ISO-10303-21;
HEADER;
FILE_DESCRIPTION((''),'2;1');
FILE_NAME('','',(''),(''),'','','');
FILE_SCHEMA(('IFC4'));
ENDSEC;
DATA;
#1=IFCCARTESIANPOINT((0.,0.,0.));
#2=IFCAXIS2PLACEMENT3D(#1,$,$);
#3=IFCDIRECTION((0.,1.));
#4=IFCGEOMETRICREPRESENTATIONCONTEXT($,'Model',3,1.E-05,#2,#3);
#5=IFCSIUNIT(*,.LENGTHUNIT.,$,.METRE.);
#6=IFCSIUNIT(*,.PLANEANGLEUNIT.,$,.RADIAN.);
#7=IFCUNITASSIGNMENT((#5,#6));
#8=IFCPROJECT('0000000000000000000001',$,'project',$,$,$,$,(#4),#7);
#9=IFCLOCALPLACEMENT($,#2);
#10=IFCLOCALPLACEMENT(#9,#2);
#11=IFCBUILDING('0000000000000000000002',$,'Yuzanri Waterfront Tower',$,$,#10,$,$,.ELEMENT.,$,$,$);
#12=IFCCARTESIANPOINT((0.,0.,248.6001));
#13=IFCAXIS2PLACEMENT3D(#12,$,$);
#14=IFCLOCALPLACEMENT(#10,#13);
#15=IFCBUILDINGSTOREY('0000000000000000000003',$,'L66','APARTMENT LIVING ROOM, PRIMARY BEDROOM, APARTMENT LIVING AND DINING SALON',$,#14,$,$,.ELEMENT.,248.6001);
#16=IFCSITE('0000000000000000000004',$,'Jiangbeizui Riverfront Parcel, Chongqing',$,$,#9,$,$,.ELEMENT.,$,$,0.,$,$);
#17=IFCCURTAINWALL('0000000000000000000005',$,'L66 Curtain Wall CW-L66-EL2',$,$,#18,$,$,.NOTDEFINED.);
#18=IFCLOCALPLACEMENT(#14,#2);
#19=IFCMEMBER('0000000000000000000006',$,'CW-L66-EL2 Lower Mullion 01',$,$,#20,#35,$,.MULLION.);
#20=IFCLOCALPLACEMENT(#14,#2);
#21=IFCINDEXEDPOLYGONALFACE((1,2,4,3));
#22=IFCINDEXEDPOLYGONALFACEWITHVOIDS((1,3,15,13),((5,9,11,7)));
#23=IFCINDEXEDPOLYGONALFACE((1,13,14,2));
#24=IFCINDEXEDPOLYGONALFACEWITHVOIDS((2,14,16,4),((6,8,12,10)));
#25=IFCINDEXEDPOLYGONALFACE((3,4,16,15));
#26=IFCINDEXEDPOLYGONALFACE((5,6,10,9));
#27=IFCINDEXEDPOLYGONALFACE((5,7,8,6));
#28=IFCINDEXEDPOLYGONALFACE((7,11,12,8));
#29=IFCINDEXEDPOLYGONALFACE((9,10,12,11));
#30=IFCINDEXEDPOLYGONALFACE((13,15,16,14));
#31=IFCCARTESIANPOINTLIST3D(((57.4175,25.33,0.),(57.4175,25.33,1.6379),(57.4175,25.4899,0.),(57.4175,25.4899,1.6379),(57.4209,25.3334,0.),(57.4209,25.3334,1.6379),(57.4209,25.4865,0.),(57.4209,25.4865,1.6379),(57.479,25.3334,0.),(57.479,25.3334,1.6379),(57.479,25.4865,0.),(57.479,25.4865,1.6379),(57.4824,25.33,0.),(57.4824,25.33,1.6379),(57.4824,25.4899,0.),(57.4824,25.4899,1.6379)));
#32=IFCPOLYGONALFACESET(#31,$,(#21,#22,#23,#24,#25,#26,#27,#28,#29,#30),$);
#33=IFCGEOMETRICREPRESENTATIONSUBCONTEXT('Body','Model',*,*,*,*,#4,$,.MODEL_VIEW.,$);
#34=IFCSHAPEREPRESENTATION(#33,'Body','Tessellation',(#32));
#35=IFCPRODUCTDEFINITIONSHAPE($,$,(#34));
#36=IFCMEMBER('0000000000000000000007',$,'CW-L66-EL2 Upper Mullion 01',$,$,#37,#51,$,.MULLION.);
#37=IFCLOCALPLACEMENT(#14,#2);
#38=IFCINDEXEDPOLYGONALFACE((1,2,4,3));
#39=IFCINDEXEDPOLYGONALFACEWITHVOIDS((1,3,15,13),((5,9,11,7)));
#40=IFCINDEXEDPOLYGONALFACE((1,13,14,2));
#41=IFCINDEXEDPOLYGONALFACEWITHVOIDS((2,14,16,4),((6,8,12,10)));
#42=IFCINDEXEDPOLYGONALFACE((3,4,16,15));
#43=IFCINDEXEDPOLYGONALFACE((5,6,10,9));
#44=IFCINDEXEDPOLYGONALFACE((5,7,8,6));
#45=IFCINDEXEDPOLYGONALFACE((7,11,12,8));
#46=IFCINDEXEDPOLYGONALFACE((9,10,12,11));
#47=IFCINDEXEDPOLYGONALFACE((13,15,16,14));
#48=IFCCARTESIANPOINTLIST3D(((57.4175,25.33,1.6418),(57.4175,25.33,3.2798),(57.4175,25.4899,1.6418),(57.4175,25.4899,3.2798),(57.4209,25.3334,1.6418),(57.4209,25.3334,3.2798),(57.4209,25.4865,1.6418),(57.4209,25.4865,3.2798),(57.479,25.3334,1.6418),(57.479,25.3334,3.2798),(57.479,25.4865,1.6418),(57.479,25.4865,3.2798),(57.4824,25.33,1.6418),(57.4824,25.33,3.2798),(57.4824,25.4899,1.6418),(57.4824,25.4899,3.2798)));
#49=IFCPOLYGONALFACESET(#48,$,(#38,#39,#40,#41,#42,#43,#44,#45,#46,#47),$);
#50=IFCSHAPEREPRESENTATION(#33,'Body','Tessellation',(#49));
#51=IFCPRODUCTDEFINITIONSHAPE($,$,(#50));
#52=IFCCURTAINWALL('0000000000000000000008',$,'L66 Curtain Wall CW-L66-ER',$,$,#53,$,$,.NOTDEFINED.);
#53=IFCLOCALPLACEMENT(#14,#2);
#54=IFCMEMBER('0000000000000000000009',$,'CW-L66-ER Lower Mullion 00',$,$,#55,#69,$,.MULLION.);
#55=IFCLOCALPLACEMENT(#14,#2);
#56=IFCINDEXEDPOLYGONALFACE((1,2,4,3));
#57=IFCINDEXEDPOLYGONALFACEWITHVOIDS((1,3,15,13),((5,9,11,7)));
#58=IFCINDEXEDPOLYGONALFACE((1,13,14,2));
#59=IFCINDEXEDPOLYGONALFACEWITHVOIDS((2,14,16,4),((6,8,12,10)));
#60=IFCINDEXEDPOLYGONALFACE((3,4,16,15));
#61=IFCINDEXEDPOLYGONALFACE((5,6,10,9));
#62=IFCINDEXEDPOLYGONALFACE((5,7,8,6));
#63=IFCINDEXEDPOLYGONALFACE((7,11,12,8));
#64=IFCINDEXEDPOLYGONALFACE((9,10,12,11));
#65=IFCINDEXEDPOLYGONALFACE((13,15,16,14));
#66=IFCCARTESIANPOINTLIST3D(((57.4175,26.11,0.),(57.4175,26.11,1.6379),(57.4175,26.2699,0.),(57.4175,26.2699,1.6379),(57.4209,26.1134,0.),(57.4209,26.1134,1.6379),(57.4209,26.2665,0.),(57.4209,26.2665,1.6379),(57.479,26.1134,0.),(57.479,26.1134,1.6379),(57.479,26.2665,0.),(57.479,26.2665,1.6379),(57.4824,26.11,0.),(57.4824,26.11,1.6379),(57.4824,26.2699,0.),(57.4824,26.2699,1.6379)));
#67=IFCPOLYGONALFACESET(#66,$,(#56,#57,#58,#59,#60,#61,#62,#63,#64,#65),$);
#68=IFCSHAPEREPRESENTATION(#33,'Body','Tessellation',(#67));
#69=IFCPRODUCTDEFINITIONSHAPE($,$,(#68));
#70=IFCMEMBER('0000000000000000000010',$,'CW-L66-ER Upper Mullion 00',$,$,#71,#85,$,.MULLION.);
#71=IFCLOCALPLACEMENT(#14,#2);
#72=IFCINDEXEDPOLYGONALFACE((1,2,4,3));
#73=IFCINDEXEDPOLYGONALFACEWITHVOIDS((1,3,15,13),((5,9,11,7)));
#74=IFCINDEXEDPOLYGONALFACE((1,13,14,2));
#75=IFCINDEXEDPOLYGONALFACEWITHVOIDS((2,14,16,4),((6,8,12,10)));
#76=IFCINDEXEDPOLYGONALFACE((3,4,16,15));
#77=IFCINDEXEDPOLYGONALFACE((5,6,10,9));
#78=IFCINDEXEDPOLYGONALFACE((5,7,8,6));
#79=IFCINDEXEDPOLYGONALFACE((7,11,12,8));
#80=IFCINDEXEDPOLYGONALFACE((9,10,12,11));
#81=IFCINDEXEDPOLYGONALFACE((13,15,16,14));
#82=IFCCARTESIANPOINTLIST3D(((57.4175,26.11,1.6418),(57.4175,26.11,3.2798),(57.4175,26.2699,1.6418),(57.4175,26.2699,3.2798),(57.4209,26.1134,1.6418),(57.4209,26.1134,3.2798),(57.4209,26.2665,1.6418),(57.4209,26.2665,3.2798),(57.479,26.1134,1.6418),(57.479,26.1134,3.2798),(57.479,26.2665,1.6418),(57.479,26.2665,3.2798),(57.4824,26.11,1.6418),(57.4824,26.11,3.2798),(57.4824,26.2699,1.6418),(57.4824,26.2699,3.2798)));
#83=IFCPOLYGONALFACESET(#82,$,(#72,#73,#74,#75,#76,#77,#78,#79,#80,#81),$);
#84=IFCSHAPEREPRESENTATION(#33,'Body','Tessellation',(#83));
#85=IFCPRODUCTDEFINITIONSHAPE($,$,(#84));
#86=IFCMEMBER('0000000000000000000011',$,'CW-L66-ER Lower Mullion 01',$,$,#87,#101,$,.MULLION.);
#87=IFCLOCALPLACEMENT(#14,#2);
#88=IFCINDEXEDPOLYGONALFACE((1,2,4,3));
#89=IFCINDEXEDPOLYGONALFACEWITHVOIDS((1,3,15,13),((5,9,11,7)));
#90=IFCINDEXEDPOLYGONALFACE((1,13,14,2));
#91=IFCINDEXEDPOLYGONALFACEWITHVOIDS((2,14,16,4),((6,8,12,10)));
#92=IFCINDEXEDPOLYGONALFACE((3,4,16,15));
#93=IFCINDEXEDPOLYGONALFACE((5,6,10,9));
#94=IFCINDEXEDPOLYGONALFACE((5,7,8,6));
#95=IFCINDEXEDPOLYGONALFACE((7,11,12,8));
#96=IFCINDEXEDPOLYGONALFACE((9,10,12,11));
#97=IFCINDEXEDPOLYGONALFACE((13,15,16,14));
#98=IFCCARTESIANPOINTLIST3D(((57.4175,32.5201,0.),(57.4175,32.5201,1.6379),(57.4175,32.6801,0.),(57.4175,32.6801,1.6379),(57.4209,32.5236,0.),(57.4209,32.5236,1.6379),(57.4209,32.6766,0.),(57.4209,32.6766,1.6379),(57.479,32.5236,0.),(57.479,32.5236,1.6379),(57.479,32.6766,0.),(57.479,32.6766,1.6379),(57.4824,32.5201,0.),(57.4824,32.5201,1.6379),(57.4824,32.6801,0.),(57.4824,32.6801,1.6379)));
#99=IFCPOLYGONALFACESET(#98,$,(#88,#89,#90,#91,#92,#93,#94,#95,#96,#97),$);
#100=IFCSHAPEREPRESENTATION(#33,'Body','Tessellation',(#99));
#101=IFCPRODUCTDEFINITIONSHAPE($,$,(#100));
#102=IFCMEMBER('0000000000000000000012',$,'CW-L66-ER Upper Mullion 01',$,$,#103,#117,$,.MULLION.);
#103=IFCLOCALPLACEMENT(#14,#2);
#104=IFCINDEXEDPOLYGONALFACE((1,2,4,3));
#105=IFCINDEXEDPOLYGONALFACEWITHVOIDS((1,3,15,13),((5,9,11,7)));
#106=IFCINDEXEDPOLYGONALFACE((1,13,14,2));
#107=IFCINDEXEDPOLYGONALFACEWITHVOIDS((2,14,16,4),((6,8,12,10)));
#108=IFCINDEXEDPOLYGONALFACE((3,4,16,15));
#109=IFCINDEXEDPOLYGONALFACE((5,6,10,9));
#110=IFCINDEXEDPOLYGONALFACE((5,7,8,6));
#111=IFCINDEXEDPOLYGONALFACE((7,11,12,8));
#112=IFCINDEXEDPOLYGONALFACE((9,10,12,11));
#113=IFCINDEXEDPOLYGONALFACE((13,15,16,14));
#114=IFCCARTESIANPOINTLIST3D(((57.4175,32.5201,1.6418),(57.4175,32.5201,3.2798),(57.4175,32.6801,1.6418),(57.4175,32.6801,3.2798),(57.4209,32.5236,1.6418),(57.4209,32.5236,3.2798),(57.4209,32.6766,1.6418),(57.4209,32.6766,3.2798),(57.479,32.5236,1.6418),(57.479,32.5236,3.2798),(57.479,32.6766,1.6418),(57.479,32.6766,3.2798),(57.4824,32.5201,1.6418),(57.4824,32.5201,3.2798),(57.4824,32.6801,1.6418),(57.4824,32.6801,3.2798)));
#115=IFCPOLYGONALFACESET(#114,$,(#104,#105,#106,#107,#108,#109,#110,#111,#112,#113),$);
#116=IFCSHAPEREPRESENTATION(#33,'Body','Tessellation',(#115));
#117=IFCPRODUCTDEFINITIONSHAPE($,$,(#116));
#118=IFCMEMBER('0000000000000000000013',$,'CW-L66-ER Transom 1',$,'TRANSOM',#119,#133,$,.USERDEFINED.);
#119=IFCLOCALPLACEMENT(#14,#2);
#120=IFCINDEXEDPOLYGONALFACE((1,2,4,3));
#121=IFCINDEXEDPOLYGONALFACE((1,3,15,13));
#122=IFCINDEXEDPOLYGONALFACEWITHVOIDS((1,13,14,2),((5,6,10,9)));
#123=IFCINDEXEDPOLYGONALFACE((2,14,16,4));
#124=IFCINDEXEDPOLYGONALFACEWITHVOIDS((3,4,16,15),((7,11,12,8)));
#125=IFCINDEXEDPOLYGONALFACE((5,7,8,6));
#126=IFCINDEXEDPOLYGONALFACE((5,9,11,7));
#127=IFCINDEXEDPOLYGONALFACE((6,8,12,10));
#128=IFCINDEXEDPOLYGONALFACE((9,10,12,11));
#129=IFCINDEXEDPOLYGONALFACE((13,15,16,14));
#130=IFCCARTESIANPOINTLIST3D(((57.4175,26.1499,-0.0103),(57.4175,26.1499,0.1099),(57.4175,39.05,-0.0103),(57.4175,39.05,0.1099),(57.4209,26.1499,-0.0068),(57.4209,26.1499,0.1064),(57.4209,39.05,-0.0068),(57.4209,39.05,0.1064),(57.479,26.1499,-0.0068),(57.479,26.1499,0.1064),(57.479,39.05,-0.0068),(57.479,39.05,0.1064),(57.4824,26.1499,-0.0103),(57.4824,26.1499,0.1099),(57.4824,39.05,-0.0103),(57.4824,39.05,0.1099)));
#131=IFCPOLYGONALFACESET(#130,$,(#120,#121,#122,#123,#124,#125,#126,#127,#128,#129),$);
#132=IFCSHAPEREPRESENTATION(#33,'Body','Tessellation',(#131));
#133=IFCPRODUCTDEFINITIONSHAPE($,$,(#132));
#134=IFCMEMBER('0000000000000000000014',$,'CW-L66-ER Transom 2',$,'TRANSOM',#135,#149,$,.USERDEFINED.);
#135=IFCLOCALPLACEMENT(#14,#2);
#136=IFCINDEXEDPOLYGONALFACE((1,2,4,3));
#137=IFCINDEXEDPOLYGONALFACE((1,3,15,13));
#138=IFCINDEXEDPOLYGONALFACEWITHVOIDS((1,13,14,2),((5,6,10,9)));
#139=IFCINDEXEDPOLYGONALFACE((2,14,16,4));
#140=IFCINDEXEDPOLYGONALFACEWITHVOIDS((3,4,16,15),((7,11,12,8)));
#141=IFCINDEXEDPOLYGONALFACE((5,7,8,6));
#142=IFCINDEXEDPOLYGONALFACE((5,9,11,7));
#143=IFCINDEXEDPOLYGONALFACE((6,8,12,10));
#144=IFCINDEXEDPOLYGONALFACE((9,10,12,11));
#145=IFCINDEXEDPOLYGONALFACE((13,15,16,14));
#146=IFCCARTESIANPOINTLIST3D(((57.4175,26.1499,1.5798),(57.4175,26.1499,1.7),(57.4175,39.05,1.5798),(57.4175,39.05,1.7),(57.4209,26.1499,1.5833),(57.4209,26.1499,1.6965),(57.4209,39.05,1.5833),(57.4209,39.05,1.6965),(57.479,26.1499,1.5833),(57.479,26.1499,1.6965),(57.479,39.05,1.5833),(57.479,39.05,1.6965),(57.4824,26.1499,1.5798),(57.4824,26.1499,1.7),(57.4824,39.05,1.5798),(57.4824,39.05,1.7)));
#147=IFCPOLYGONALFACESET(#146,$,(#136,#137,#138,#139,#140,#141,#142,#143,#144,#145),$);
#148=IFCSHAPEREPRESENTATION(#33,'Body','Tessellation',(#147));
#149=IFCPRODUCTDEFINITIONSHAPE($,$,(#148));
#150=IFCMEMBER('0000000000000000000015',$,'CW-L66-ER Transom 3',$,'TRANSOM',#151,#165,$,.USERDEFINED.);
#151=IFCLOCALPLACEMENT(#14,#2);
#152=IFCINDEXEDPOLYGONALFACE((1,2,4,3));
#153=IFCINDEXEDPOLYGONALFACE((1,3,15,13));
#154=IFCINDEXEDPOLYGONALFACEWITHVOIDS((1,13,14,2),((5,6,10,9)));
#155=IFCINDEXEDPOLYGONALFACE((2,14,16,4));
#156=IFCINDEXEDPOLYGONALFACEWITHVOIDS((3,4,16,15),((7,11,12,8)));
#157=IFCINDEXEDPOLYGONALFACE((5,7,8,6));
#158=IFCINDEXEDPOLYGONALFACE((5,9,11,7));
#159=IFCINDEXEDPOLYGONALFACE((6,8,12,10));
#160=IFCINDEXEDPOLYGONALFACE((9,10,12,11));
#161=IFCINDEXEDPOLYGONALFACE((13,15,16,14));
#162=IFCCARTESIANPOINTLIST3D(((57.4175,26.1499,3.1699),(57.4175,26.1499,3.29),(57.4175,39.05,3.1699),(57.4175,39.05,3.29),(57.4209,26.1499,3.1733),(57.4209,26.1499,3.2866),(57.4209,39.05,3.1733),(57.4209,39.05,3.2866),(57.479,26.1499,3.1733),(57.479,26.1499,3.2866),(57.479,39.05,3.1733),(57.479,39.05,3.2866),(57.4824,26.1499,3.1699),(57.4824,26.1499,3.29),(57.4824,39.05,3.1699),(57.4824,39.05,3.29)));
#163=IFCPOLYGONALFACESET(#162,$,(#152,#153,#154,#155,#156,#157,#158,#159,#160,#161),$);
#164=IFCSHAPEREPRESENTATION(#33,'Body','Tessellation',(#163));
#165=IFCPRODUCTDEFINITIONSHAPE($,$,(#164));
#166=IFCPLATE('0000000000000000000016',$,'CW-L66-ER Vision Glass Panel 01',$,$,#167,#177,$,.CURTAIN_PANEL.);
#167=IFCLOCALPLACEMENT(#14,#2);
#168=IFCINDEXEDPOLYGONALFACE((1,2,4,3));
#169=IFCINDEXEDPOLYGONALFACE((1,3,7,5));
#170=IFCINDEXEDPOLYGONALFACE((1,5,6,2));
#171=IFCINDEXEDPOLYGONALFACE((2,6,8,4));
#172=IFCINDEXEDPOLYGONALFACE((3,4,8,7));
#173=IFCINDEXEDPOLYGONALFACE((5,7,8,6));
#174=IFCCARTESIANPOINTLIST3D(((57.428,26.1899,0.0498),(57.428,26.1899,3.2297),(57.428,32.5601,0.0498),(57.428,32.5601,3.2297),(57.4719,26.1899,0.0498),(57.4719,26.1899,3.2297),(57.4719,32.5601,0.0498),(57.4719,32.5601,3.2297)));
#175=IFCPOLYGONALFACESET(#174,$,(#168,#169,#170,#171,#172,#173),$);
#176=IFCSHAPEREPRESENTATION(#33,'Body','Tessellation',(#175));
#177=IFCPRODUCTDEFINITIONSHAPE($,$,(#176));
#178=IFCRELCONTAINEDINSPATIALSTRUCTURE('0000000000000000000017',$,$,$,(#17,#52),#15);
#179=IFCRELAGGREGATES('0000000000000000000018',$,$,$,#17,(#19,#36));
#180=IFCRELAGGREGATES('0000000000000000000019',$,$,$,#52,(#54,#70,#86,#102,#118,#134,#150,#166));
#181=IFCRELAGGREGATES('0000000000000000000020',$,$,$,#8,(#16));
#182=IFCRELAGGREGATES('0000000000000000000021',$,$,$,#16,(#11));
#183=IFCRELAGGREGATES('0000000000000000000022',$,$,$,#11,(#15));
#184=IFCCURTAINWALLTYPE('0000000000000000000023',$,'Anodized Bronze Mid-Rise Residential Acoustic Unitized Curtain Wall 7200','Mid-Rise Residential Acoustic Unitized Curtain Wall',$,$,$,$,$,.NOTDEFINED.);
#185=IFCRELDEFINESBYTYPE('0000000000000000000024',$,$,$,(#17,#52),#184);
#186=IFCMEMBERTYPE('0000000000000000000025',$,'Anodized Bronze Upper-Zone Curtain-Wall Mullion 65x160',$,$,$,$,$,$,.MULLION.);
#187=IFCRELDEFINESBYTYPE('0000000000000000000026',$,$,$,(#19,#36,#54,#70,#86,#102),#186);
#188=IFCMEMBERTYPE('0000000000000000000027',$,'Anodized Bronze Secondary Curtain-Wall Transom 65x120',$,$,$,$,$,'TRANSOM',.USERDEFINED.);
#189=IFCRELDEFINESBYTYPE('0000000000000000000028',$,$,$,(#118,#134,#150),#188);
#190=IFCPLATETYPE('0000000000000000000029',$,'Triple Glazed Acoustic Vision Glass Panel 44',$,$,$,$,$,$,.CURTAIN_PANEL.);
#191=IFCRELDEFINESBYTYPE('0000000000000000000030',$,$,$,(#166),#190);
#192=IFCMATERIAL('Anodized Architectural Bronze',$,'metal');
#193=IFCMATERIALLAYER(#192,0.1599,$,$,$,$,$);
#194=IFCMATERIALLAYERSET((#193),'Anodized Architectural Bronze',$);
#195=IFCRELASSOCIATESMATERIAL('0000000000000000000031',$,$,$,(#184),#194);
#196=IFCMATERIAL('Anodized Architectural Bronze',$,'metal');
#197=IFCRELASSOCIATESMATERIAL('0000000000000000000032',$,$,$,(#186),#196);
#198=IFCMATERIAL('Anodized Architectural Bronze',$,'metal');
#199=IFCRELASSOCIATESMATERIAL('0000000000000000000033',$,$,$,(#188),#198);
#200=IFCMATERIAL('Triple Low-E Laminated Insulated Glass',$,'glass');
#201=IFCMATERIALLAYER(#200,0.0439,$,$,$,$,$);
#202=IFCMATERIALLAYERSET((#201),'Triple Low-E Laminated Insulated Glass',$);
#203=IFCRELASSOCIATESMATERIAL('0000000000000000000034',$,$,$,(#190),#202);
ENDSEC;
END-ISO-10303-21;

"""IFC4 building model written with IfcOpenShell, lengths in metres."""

from ifc_helpers import new_model, si_unit, direction, frame, origin, origin_2d, place, context, subcontext, project, spatial, rectangle, hollow_rectangle, extrude, source, transform, mapped, material, layer, layer_set, material_profile, profile_set, type_object, element, aggregate, save


model = new_model("IFC4")

# Units and contexts
model_context = context("Model", 3, precision=1e-05, world=origin(), true_north=direction((0.0, 1.0)))
body_context = subcontext(model_context, "Body", "Model", "MODEL_VIEW")
ifc_project = project(units=[si_unit("LENGTHUNIT", "METRE"), si_unit("PLANEANGLEUNIT", "RADIAN")], contexts=[model_context])

# Site, building, storey
site_placement = place(None, origin())
site = spatial("IfcSite", under=ifc_project, at=site_placement, Name="Jiangbeizui Riverfront Parcel, Chongqing", CompositionType="ELEMENT", RefElevation=0.0)
building_placement = place(site_placement, origin())
building = spatial("IfcBuilding", under=site, at=building_placement, Name="Yuzanri Waterfront Tower", CompositionType="ELEMENT")
storey_placement = place(building_placement, frame((0.0, 0.0, 248.6001)))
storey = spatial("IfcBuildingStorey", under=building, at=storey_placement, Name="L66", Description="APARTMENT LIVING ROOM, PRIMARY BEDROOM, APARTMENT LIVING AND DINING SALON", CompositionType="ELEMENT", Elevation=248.6001)

# Curtain wall, members
ifc_material_1 = material(Name="Anodized Architectural Bronze", Category="metal")
ifc_layer_1 = layer(ifc_material_1, 0.1599)
ifc_layer_set_1 = layer_set([ifc_layer_1], Name="Anodized Architectural Bronze")
curtain_wall_type = type_object("IfcCurtainWallType", Name="Anodized Bronze Mid-Rise Residential Acoustic Unitized Curtain Wall 7200", Description="Mid-Rise Residential Acoustic Unitized Curtain Wall", PredefinedType="NOTDEFINED", material=ifc_layer_set_1)
curtain_wall_1_placement = place(storey_placement, origin())
curtain_wall_1 = element("IfcCurtainWall", 1, at=curtain_wall_1_placement, inside=storey, type_object=curtain_wall_type, Name="L66 Curtain Wall CW-L66-EL2", PredefinedType="NOTDEFINED")
ifc_material_2 = material(Name="Anodized Architectural Bronze", Category="metal")
ifc_material_profile_1 = material_profile(ifc_material_2, hollow_rectangle(XDim=0.0649, YDim=0.1599, WallThickness=0.0034, at=origin_2d()), Name="CWM 65x160")
ifc_profile_set_1 = profile_set([ifc_material_profile_1], Name="Anodized Architectural Bronze")
member_type_1 = type_object("IfcMemberType", Name="Anodized Bronze Upper-Zone Curtain-Wall Mullion 65x160", PredefinedType="MULLION", material=ifc_profile_set_1)
shared_shape_1 = source(origin(), body_context, "Body", "SweptSolid", [
    extrude(hollow_rectangle(XDim=0.0649, YDim=0.1599, WallThickness=0.0034, at=origin_2d()), origin(), (0.0, 0.0, 1.0), 1.6379),
])
member_1_placement = place(storey_placement, frame((57.45, 25.4099, 0.0), z_axis=(0.0, 0.0, 1.0), x_axis=(1.0, 0.0, 0.0)))
member_1 = element("IfcMember", 2, at=member_1_placement, type_object=member_type_1, Name="CW-L66-EL2 Lower Mullion 01", PredefinedType="MULLION", context=body_context, shape_type="MappedRepresentation", body=[
    mapped(shared_shape_1, transform((0.0, 0.0, 0.0), scale=1.0)),
])
member_2_placement = place(storey_placement, frame((57.45, 25.4099, 1.6418), z_axis=(0.0, 0.0, 1.0), x_axis=(1.0, 0.0, 0.0)))
member_2 = element("IfcMember", 3, at=member_2_placement, type_object=member_type_1, Name="CW-L66-EL2 Upper Mullion 01", PredefinedType="MULLION", context=body_context, shape_type="MappedRepresentation", body=[
    mapped(shared_shape_1, transform((0.0, 0.0, 0.0), scale=1.0)),
])
aggregate(curtain_wall_1, [member_1, member_2])

# Curtain wall, members, plate
curtain_wall_2_placement = place(storey_placement, origin())
curtain_wall_2 = element("IfcCurtainWall", 4, at=curtain_wall_2_placement, inside=storey, type_object=curtain_wall_type, Name="L66 Curtain Wall CW-L66-ER", PredefinedType="NOTDEFINED")
member_3_placement = place(storey_placement, frame((57.45, 26.1899, 0.0), z_axis=(0.0, 0.0, 1.0), x_axis=(1.0, 0.0, 0.0)))
member_3 = element("IfcMember", 5, at=member_3_placement, type_object=member_type_1, Name="CW-L66-ER Lower Mullion 00", PredefinedType="MULLION", context=body_context, shape_type="MappedRepresentation", body=[
    mapped(shared_shape_1, transform((0.0, 0.0, 0.0), scale=1.0)),
])
member_4_placement = place(storey_placement, frame((57.45, 26.1899, 1.6418), z_axis=(0.0, 0.0, 1.0), x_axis=(1.0, 0.0, 0.0)))
member_4 = element("IfcMember", 6, at=member_4_placement, type_object=member_type_1, Name="CW-L66-ER Upper Mullion 00", PredefinedType="MULLION", context=body_context, shape_type="MappedRepresentation", body=[
    mapped(shared_shape_1, transform((0.0, 0.0, 0.0), scale=1.0)),
])
member_5_placement = place(storey_placement, frame((57.45, 32.6001, 0.0), z_axis=(0.0, 0.0, 1.0), x_axis=(1.0, 0.0, 0.0)))
member_5 = element("IfcMember", 7, at=member_5_placement, type_object=member_type_1, Name="CW-L66-ER Lower Mullion 01", PredefinedType="MULLION", context=body_context, shape_type="MappedRepresentation", body=[
    mapped(shared_shape_1, transform((0.0, 0.0, 0.0), scale=1.0)),
])
member_6_placement = place(storey_placement, frame((57.45, 32.6001, 1.6418), z_axis=(0.0, 0.0, 1.0), x_axis=(1.0, 0.0, 0.0)))
member_6 = element("IfcMember", 8, at=member_6_placement, type_object=member_type_1, Name="CW-L66-ER Upper Mullion 01", PredefinedType="MULLION", context=body_context, shape_type="MappedRepresentation", body=[
    mapped(shared_shape_1, transform((0.0, 0.0, 0.0), scale=1.0)),
])
ifc_material_3 = material(Name="Anodized Architectural Bronze", Category="metal")
ifc_material_profile_2 = material_profile(ifc_material_3, hollow_rectangle(XDim=0.0649, YDim=0.1201, WallThickness=0.0034, at=origin_2d()), Name="CWT 65x120")
ifc_profile_set_2 = profile_set([ifc_material_profile_2], Name="Anodized Architectural Bronze")
member_type_2 = type_object("IfcMemberType", Name="Anodized Bronze Secondary Curtain-Wall Transom 65x120", ElementType="TRANSOM", PredefinedType="USERDEFINED", material=ifc_profile_set_2)
shared_shape_2 = source(origin(), body_context, "Body", "SweptSolid", [
    extrude(hollow_rectangle(XDim=0.0649, YDim=0.1201, WallThickness=0.0034, at=origin_2d()), origin(), (0.0, 0.0, 1.0), 12.9001),
])
member_7_placement = place(storey_placement, frame((57.45, 26.1499, 0.0498), z_axis=(0.0, 1.0, 0.0), x_axis=(-1.0, 0.0, 0.0)))
member_7 = element("IfcMember", 9, at=member_7_placement, type_object=member_type_2, Name="CW-L66-ER Transom 1", ObjectType="TRANSOM", PredefinedType="USERDEFINED", context=body_context, shape_type="MappedRepresentation", body=[
    mapped(shared_shape_2, transform((0.0, 0.0, 0.0), scale=1.0)),
])
member_8_placement = place(storey_placement, frame((57.45, 26.1499, 1.6399), z_axis=(0.0, 1.0, 0.0), x_axis=(-1.0, 0.0, 0.0)))
member_8 = element("IfcMember", 10, at=member_8_placement, type_object=member_type_2, Name="CW-L66-ER Transom 2", ObjectType="TRANSOM", PredefinedType="USERDEFINED", context=body_context, shape_type="MappedRepresentation", body=[
    mapped(shared_shape_2, transform((0.0, 0.0, 0.0), scale=1.0)),
])
member_9_placement = place(storey_placement, frame((57.45, 26.1499, 3.23), z_axis=(0.0, 1.0, 0.0), x_axis=(-1.0, 0.0, 0.0)))
member_9 = element("IfcMember", 11, at=member_9_placement, type_object=member_type_2, Name="CW-L66-ER Transom 3", ObjectType="TRANSOM", PredefinedType="USERDEFINED", context=body_context, shape_type="MappedRepresentation", body=[
    mapped(shared_shape_2, transform((0.0, 0.0, 0.0), scale=1.0)),
])
ifc_material_4 = material(Name="Triple Low-E Laminated Insulated Glass", Category="glass")
ifc_layer_2 = layer(ifc_material_4, 0.0439)
ifc_layer_set_2 = layer_set([ifc_layer_2], Name="Triple Low-E Laminated Insulated Glass")
plate_type = type_object("IfcPlateType", Name="Triple Glazed Acoustic Vision Glass Panel 44", PredefinedType="CURTAIN_PANEL", material=ifc_layer_set_2)
shared_shape_3 = source(origin(), body_context, "Body", "SweptSolid", [
    extrude(rectangle(XDim=6.3701, YDim=0.0439, at=origin_2d()), origin(), (0.0, 0.0, 1.0), 3.1799),
])
plate_placement = place(storey_placement, frame((57.45, 29.375, 0.0498), z_axis=(0.0, 0.0, 1.0), x_axis=(0.0, 1.0, 0.0)))
plate = element("IfcPlate", 12, at=plate_placement, type_object=plate_type, Name="CW-L66-ER Vision Glass Panel 01", PredefinedType="CURTAIN_PANEL", context=body_context, shape_type="MappedRepresentation", body=[
    mapped(shared_shape_3, transform((0.0, 0.0, 0.0), scale=1.0)),
])
aggregate(curtain_wall_2, [member_3, member_4, member_5, member_6, member_7, member_8, member_9, plate])

save(model, "model.ifc")
